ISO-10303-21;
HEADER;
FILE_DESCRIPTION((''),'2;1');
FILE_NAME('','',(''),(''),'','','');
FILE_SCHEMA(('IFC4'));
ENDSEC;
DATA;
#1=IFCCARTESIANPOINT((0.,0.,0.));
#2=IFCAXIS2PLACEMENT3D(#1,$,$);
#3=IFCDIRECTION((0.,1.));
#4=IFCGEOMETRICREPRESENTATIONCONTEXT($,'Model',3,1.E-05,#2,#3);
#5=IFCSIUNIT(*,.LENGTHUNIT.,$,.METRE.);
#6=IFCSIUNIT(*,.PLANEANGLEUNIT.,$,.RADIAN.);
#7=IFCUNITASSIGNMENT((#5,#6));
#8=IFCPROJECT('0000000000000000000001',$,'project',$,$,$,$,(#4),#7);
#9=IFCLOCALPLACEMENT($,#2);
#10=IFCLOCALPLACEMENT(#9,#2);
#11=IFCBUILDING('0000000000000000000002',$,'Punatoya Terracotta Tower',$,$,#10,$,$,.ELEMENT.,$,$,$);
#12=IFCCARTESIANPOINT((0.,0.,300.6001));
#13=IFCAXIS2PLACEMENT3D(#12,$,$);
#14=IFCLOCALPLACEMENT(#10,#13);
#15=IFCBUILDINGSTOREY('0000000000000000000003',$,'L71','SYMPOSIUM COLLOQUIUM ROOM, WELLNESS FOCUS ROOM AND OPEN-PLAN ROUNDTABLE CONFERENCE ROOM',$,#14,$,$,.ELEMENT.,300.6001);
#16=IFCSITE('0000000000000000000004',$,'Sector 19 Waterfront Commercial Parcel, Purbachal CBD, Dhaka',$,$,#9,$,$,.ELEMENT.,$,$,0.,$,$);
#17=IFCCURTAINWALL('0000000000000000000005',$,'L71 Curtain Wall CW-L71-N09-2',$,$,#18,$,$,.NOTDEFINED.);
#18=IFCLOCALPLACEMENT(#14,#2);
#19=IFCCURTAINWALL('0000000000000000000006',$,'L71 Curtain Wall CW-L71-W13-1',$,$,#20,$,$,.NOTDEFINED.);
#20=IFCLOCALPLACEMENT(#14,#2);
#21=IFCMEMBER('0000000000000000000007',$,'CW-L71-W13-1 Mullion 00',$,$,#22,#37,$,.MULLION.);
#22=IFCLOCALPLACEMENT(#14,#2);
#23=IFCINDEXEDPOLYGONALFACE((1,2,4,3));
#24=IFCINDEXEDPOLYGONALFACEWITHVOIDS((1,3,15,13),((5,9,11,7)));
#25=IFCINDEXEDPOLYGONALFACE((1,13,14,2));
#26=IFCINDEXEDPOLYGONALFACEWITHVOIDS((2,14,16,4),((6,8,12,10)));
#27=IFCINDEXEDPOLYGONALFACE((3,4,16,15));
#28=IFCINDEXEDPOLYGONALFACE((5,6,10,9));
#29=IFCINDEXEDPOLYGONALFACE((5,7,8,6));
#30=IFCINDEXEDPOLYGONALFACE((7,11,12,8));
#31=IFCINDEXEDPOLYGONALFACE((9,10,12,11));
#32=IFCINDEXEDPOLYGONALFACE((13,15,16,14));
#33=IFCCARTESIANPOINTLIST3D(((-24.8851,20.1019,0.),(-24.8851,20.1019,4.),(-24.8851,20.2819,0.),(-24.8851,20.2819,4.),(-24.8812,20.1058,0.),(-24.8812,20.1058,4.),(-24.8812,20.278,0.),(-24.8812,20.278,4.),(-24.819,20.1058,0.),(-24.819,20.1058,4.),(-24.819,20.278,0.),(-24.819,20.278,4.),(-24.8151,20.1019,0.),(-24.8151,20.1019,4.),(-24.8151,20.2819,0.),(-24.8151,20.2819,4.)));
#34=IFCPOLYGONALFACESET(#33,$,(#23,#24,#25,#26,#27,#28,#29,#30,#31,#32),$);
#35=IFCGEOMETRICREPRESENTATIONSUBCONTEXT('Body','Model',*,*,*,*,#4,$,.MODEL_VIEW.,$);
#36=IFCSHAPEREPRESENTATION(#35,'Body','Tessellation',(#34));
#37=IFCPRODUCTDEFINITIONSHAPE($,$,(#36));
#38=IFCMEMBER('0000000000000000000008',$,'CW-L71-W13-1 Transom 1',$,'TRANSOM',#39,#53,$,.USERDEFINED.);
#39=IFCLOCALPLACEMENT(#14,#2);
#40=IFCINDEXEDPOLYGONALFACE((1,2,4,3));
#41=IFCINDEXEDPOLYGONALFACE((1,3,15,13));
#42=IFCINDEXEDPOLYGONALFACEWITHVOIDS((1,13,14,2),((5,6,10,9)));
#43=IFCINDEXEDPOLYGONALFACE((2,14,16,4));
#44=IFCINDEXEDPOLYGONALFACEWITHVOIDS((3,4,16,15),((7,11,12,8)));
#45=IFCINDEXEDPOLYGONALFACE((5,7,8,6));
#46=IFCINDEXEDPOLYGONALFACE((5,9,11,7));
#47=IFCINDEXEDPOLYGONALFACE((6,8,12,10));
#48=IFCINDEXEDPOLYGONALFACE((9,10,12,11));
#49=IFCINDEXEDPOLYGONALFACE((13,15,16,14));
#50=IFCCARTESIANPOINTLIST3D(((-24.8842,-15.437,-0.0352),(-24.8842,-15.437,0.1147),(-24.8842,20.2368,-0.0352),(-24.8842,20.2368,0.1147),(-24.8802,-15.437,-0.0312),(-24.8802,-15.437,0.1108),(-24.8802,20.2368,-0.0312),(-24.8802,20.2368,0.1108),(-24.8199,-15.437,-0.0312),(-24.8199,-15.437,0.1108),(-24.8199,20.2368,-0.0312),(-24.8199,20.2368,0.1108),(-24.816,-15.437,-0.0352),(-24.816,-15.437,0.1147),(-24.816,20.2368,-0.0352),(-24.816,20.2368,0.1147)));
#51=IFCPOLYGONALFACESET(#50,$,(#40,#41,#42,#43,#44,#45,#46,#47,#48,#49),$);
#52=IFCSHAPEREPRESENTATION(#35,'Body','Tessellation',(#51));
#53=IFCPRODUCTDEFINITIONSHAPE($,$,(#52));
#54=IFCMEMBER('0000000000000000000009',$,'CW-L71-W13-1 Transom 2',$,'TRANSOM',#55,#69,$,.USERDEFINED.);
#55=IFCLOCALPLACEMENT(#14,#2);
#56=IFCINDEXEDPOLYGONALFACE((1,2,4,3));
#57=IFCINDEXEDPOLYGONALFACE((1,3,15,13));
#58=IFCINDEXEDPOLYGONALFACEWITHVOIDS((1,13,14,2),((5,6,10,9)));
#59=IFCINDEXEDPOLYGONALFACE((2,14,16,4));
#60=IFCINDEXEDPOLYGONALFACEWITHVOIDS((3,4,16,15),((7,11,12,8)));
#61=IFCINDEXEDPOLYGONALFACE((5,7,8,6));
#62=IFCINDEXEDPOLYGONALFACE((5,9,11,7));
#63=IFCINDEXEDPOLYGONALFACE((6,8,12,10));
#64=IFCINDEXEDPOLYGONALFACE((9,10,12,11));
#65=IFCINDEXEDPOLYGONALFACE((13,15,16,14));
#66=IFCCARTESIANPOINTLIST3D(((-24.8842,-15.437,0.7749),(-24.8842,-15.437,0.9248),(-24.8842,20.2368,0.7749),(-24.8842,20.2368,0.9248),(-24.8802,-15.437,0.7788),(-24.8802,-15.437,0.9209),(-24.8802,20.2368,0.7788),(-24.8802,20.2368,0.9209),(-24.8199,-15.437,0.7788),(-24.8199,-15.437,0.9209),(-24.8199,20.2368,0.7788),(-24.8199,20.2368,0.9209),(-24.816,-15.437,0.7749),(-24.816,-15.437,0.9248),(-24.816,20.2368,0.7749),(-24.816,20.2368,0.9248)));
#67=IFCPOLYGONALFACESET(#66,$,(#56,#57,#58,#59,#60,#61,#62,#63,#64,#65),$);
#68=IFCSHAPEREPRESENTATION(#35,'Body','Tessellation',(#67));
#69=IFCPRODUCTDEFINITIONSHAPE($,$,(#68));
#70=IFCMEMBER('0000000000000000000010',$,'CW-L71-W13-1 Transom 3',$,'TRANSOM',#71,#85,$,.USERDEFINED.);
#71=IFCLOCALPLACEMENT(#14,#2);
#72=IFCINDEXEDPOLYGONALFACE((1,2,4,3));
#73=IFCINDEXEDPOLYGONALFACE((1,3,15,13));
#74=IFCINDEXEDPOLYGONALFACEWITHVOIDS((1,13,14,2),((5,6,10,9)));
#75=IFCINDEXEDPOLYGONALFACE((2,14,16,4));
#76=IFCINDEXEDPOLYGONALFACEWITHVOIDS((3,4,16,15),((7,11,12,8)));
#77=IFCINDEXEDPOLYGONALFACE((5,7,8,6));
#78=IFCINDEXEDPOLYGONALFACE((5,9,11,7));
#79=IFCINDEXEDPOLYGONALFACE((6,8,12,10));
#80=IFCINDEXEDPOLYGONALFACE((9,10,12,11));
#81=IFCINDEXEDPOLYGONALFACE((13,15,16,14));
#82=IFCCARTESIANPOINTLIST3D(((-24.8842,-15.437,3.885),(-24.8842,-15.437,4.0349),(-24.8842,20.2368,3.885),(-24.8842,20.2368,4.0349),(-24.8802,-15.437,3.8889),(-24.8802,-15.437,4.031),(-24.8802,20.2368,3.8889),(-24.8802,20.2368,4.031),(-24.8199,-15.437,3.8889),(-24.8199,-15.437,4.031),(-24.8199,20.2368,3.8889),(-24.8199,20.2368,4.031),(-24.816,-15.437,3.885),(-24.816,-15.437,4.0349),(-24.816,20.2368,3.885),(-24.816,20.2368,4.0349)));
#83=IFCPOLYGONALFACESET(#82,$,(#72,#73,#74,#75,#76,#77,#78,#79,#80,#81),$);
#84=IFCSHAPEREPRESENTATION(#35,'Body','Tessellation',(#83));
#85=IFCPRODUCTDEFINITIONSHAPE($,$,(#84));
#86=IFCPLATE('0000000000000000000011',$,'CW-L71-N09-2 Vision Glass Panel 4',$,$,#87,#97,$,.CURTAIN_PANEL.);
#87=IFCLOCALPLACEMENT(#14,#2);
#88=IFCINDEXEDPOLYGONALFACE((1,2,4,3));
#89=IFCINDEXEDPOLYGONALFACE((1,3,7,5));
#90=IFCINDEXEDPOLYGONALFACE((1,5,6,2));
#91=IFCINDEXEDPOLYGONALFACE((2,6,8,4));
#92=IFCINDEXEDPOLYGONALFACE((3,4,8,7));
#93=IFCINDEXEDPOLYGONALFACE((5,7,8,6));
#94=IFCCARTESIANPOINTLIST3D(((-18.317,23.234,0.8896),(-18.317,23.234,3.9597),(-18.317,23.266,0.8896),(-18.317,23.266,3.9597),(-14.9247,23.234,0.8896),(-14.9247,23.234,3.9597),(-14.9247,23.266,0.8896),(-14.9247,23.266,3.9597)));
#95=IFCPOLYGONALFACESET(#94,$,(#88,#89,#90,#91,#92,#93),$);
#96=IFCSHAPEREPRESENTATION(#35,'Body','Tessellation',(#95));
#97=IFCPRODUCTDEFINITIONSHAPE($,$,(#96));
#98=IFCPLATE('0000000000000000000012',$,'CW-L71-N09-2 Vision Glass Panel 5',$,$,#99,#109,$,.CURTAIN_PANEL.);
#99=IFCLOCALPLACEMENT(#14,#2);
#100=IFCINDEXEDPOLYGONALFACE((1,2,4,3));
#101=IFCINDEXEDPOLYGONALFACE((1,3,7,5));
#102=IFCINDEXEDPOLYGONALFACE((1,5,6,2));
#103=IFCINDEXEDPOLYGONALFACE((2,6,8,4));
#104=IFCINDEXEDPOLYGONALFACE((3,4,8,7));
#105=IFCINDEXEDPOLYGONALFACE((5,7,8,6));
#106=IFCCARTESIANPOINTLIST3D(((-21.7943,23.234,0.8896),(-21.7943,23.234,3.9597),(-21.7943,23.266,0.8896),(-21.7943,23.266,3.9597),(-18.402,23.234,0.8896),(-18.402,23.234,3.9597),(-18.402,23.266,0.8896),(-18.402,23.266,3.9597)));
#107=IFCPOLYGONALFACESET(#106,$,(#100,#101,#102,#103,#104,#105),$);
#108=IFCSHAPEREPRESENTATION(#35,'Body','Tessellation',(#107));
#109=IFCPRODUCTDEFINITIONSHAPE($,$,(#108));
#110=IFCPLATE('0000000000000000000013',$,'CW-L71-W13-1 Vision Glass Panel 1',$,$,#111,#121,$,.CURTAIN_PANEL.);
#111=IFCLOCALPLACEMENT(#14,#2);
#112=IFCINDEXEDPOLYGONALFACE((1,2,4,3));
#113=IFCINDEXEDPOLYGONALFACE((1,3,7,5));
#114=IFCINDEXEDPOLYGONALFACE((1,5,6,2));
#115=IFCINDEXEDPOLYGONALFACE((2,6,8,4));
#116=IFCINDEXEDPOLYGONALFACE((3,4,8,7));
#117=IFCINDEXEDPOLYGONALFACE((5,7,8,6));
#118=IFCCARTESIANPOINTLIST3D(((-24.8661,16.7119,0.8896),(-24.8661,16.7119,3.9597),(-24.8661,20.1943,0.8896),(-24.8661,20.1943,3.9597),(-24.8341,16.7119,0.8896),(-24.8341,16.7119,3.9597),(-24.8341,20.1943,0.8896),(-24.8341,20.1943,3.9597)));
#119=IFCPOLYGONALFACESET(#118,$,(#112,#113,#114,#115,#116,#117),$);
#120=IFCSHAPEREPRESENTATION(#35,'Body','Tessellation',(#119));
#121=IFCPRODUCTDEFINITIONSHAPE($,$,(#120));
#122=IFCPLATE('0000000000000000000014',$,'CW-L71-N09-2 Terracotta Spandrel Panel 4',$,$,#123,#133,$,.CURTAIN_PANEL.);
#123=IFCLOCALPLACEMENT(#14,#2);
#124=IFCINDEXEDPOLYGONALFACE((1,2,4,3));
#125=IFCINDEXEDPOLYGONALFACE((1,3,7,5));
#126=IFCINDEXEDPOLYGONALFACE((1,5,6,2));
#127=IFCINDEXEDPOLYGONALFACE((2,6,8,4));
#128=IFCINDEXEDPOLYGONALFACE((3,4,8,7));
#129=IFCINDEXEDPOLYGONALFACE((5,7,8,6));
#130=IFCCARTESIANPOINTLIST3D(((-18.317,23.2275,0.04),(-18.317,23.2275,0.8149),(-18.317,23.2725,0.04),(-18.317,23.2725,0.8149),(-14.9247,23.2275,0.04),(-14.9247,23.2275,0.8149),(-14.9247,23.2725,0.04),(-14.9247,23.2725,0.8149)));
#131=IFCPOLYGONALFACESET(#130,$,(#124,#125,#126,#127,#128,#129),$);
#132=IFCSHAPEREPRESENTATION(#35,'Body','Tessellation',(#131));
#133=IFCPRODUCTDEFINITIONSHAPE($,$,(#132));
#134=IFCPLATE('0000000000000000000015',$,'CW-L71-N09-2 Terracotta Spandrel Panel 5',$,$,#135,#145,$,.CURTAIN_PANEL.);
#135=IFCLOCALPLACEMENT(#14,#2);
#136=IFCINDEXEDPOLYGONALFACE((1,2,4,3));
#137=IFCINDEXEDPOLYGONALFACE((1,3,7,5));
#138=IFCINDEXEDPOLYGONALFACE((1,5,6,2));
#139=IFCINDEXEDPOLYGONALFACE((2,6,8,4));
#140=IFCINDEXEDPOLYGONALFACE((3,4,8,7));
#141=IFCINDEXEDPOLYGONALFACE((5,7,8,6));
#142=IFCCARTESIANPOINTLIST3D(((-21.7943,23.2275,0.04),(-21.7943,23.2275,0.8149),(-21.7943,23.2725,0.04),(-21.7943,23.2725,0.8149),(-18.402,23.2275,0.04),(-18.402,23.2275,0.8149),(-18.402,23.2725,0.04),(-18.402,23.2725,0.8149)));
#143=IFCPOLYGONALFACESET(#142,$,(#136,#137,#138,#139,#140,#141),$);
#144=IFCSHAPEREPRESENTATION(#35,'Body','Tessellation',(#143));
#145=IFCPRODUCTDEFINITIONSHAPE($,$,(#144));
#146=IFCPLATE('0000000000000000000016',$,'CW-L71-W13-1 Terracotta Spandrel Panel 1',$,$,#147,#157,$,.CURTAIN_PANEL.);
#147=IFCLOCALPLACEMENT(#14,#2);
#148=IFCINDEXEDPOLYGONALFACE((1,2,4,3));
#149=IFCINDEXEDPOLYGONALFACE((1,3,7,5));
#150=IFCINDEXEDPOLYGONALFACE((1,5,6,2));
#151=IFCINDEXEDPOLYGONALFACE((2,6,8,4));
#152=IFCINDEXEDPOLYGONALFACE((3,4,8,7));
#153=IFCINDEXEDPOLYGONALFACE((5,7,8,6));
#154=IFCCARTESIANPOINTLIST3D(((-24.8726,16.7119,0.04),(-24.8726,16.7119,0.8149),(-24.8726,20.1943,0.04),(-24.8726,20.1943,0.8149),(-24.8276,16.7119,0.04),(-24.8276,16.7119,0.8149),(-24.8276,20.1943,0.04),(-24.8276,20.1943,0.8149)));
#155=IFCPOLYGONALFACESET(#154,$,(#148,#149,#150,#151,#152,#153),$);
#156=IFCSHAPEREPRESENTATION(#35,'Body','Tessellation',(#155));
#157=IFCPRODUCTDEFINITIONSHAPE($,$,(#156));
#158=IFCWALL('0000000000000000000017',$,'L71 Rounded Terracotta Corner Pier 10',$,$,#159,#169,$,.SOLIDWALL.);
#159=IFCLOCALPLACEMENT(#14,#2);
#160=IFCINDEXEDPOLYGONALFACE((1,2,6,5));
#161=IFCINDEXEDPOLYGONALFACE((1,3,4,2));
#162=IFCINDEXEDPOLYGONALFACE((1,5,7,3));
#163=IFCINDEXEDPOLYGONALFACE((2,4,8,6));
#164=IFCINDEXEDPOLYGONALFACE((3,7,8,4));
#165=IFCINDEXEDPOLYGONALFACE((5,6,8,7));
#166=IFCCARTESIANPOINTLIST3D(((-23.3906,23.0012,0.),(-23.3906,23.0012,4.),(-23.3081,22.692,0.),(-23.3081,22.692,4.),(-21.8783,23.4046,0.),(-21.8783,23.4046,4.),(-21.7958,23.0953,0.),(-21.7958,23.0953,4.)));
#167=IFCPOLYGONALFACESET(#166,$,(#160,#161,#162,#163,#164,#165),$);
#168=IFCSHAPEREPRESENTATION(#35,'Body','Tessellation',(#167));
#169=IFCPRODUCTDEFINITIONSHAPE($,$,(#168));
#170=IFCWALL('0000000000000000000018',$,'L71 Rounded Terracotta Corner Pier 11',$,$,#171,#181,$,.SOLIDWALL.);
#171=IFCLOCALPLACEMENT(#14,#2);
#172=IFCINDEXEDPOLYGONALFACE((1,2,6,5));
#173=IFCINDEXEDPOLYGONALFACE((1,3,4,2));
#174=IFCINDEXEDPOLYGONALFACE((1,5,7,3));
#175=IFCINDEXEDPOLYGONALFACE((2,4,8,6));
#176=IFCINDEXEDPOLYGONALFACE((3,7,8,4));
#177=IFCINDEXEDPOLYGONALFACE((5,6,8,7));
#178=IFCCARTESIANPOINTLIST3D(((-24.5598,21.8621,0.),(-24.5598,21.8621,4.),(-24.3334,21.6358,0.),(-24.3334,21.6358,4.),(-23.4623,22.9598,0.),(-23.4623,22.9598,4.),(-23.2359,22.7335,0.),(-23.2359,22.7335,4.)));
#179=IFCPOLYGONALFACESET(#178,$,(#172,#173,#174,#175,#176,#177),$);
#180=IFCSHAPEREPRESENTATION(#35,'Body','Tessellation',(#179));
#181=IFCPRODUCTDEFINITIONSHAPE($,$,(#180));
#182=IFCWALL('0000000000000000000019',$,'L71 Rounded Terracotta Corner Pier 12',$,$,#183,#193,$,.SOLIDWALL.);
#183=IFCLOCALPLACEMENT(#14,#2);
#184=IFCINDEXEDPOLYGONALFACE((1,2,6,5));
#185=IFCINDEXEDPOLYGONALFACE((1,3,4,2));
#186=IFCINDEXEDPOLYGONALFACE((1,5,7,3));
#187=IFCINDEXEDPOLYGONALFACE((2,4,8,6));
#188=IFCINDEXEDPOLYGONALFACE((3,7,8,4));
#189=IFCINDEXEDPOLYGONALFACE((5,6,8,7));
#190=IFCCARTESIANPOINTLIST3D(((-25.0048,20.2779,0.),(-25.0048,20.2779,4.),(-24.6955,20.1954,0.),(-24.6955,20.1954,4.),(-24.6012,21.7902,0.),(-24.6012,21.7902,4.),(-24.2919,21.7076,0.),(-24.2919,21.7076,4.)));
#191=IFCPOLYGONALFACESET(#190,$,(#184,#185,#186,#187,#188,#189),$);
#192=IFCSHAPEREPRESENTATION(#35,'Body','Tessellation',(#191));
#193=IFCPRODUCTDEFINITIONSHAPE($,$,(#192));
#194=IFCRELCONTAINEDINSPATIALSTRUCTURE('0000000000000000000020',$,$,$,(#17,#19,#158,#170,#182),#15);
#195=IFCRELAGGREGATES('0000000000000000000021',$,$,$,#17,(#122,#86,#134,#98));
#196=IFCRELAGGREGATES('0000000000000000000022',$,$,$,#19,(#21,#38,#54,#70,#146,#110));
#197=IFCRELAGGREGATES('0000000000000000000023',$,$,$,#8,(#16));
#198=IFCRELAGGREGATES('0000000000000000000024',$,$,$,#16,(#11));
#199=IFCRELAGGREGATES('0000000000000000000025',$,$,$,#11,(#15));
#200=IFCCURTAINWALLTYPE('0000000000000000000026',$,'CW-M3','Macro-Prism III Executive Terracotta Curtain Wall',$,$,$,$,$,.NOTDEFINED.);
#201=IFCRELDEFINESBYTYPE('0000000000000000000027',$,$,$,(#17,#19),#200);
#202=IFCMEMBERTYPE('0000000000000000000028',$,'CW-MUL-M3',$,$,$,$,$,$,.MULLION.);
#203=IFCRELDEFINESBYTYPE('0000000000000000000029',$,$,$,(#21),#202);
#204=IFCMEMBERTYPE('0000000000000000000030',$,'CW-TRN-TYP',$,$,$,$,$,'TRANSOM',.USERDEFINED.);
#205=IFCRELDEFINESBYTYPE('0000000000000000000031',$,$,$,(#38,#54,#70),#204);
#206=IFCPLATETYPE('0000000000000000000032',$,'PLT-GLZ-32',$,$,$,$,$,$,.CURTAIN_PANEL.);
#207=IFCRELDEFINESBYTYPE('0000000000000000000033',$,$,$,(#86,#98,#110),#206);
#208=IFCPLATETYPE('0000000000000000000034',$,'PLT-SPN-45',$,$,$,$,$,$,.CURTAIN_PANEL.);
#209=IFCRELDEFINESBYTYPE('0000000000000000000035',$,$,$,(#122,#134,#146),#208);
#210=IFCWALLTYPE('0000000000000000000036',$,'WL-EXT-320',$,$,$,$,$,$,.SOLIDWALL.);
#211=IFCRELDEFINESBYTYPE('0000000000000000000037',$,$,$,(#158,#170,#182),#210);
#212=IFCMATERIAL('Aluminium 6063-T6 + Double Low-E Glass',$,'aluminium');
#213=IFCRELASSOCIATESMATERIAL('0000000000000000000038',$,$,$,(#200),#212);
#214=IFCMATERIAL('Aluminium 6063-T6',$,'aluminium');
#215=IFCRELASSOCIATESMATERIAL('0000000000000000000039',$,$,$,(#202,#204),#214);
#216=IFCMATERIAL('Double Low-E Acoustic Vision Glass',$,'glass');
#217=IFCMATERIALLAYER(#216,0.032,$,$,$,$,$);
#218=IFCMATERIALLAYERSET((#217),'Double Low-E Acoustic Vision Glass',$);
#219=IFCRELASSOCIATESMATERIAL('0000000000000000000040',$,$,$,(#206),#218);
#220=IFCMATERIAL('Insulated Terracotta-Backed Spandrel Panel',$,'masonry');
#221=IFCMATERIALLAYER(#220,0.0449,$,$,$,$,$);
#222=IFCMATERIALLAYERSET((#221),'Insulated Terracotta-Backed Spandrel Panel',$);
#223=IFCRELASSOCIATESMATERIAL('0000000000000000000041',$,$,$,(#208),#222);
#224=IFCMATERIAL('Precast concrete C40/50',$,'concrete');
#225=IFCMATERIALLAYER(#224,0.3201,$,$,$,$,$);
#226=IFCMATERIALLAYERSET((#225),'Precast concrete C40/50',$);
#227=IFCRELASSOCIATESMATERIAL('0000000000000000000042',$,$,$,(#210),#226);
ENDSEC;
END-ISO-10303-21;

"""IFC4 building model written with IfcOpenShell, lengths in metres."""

from ifc_helpers import new_model, si_unit, direction, frame, frame_2d, origin, origin_2d, place, context, subcontext, project, spatial, rectangle, hollow_rectangle, extrude, material, layer, layer_set, material_profile, profile_set, type_object, element, aggregate, save


model = new_model("IFC4")

# Units and contexts
model_context = context("Model", 3, precision=1e-05, world=origin(), true_north=direction((0.0, 1.0)))
body_context = subcontext(model_context, "Body", "Model", "MODEL_VIEW")
ifc_project = project(units=[si_unit("LENGTHUNIT", "METRE"), si_unit("PLANEANGLEUNIT", "RADIAN")], contexts=[model_context])

# Site, building, storey
site_placement = place(None, origin())
site = spatial("IfcSite", under=ifc_project, at=site_placement, Name="Sector 19 Waterfront Commercial Parcel, Purbachal CBD, Dhaka", CompositionType="ELEMENT", RefElevation=0.0)
building_placement = place(site_placement, origin())
building = spatial("IfcBuilding", under=site, at=building_placement, Name="Punatoya Terracotta Tower", CompositionType="ELEMENT")
storey_placement = place(building_placement, frame((0.0, 0.0, 300.6001)))
storey = spatial("IfcBuildingStorey", under=building, at=storey_placement, Name="L71", Description="SYMPOSIUM COLLOQUIUM ROOM, WELLNESS FOCUS ROOM AND OPEN-PLAN ROUNDTABLE CONFERENCE ROOM", CompositionType="ELEMENT", Elevation=300.6001)

# Curtain walls, members
ifc_material_1 = material(Name="Aluminium 6063-T6 + Double Low-E Glass", Category="aluminium")
curtain_wall_type = type_object("IfcCurtainWallType", Name="CW-M3", Description="Macro-Prism III Executive Terracotta Curtain Wall", PredefinedType="NOTDEFINED", material=ifc_material_1)
curtain_wall_1_placement = place(storey_placement, origin())
curtain_wall_1 = element("IfcCurtainWall", 1, at=curtain_wall_1_placement, inside=storey, type_object=curtain_wall_type, Name="L71 Curtain Wall CW-L71-N09-2", PredefinedType="NOTDEFINED")
ifc_material_2 = material(Name="Aluminium 6063-T6", Category="aluminium")
ifc_material_profile_1 = material_profile(ifc_material_2, hollow_rectangle(XDim=0.0701, YDim=0.1799, WallThickness=0.0039, at=origin_2d()))
ifc_profile_set_1 = profile_set([ifc_material_profile_1], Name="Aluminium 6063-T6")
member_type_1 = type_object("IfcMemberType", Name="CW-MUL-M3", PredefinedType="MULLION", material=ifc_profile_set_1)
curtain_wall_2_placement = place(storey_placement, origin())
curtain_wall_2 = element("IfcCurtainWall", 2, at=curtain_wall_2_placement, inside=storey, type_object=curtain_wall_type, Name="L71 Curtain Wall CW-L71-W13-1", PredefinedType="NOTDEFINED")
member_1_placement = place(storey_placement, frame((-24.8501, 20.1919, 0.0), z_axis=(0.0, 0.0, 1.0), x_axis=(1.0, 0.0, 0.0)))
member_1 = element("IfcMember", 3, at=member_1_placement, type_object=member_type_1, Name="CW-L71-W13-1 Mullion 00", PredefinedType="MULLION", context=body_context, shape_type="SweptSolid", body=[
    extrude(hollow_rectangle(XDim=0.0701, YDim=0.1799, WallThickness=0.0039, at=origin_2d()), origin(), (0.0, 0.0, 1.0), 4.0),
])
ifc_material_profile_2 = material_profile(ifc_material_2, hollow_rectangle(XDim=0.0681, YDim=0.1499, WallThickness=0.0039, at=origin_2d()))
ifc_profile_set_2 = profile_set([ifc_material_profile_2], Name="Aluminium 6063-T6")
member_type_2 = type_object("IfcMemberType", Name="CW-TRN-TYP", ElementType="TRANSOM", PredefinedType="USERDEFINED", material=ifc_profile_set_2)
member_2_placement = place(storey_placement, frame((-24.8501, 20.2368, 0.0398), z_axis=(0.0, -1.0, 0.0), x_axis=(1.0, 0.0, 0.0)))
member_2 = element("IfcMember", 4, at=member_2_placement, type_object=member_type_2, Name="CW-L71-W13-1 Transom 1", ObjectType="TRANSOM", PredefinedType="USERDEFINED", context=body_context, shape_type="SweptSolid", body=[
    extrude(hollow_rectangle(XDim=0.0681, YDim=0.1499, WallThickness=0.0039, at=origin_2d()), origin(), (0.0, 0.0, 1.0), 35.6738),
])
member_3_placement = place(storey_placement, frame((-24.8501, 20.2368, 0.8499), z_axis=(0.0, -1.0, 0.0), x_axis=(1.0, 0.0, 0.0)))
member_3 = element("IfcMember", 5, at=member_3_placement, type_object=member_type_2, Name="CW-L71-W13-1 Transom 2", ObjectType="TRANSOM", PredefinedType="USERDEFINED", context=body_context, shape_type="SweptSolid", body=[
    extrude(hollow_rectangle(XDim=0.0681, YDim=0.1499, WallThickness=0.0039, at=origin_2d()), origin(), (0.0, 0.0, 1.0), 35.6738),
])
member_4_placement = place(storey_placement, frame((-24.8501, 20.2368, 3.96), z_axis=(0.0, -1.0, 0.0), x_axis=(1.0, 0.0, 0.0)))
member_4 = element("IfcMember", 6, at=member_4_placement, type_object=member_type_2, Name="CW-L71-W13-1 Transom 3", ObjectType="TRANSOM", PredefinedType="USERDEFINED", context=body_context, shape_type="SweptSolid", body=[
    extrude(hollow_rectangle(XDim=0.0681, YDim=0.1499, WallThickness=0.0039, at=origin_2d()), origin(), (0.0, 0.0, 1.0), 35.6738),
])

# Plates
ifc_material_3 = material(Name="Double Low-E Acoustic Vision Glass", Category="glass")
ifc_layer_1 = layer(ifc_material_3, 0.032)
ifc_layer_set_1 = layer_set([ifc_layer_1], Name="Double Low-E Acoustic Vision Glass")
plate_type_1 = type_object("IfcPlateType", Name="PLT-GLZ-32", PredefinedType="CURTAIN_PANEL", material=ifc_layer_set_1)
plate_1_placement = place(storey_placement, frame((-16.6208, 23.25, 0.8896), z_axis=(0.0, 0.0, 1.0), x_axis=(-1.0, 0.0, 0.0)))
plate_1 = element("IfcPlate", 7, at=plate_1_placement, type_object=plate_type_1, Name="CW-L71-N09-2 Vision Glass Panel 4", PredefinedType="CURTAIN_PANEL", context=body_context, shape_type="SweptSolid", body=[
    extrude(rectangle(XDim=3.3923, YDim=0.032, at=origin_2d()), origin(), (0.0, 0.0, 1.0), 3.0701),
])
plate_2_placement = place(storey_placement, frame((-20.0981, 23.25, 0.8896), z_axis=(0.0, 0.0, 1.0), x_axis=(-1.0, 0.0, 0.0)))
plate_2 = element("IfcPlate", 8, at=plate_2_placement, type_object=plate_type_1, Name="CW-L71-N09-2 Vision Glass Panel 5", PredefinedType="CURTAIN_PANEL", context=body_context, shape_type="SweptSolid", body=[
    extrude(rectangle(XDim=3.3923, YDim=0.032, at=origin_2d()), origin(), (0.0, 0.0, 1.0), 3.0701),
])
plate_3_placement = place(storey_placement, frame((-24.8501, 18.4531, 0.8896), z_axis=(0.0, 0.0, 1.0), x_axis=(0.0, -1.0, 0.0)))
plate_3 = element("IfcPlate", 9, at=plate_3_placement, type_object=plate_type_1, Name="CW-L71-W13-1 Vision Glass Panel 1", PredefinedType="CURTAIN_PANEL", context=body_context, shape_type="SweptSolid", body=[
    extrude(rectangle(XDim=3.4824, YDim=0.032, at=origin_2d()), origin(), (0.0, 0.0, 1.0), 3.0701),
])
ifc_material_4 = material(Name="Insulated Terracotta-Backed Spandrel Panel", Category="masonry")
ifc_layer_2 = layer(ifc_material_4, 0.0449)
ifc_layer_set_2 = layer_set([ifc_layer_2], Name="Insulated Terracotta-Backed Spandrel Panel")
plate_type_2 = type_object("IfcPlateType", Name="PLT-SPN-45", PredefinedType="CURTAIN_PANEL", material=ifc_layer_set_2)
plate_4_placement = place(storey_placement, frame((-16.6208, 23.25, 0.04), z_axis=(0.0, 0.0, 1.0), x_axis=(-1.0, 0.0, 0.0)))
plate_4 = element("IfcPlate", 10, at=plate_4_placement, type_object=plate_type_2, Name="CW-L71-N09-2 Terracotta Spandrel Panel 4", PredefinedType="CURTAIN_PANEL", context=body_context, shape_type="SweptSolid", body=[
    extrude(rectangle(XDim=3.3923, YDim=0.0449, at=origin_2d()), origin(), (0.0, 0.0, 1.0), 0.7749),
])
plate_5_placement = place(storey_placement, frame((-20.0981, 23.25, 0.04), z_axis=(0.0, 0.0, 1.0), x_axis=(-1.0, 0.0, 0.0)))
plate_5 = element("IfcPlate", 11, at=plate_5_placement, type_object=plate_type_2, Name="CW-L71-N09-2 Terracotta Spandrel Panel 5", PredefinedType="CURTAIN_PANEL", context=body_context, shape_type="SweptSolid", body=[
    extrude(rectangle(XDim=3.3923, YDim=0.0449, at=origin_2d()), origin(), (0.0, 0.0, 1.0), 0.7749),
])
aggregate(curtain_wall_1, [plate_4, plate_1, plate_5, plate_2])
plate_6_placement = place(storey_placement, frame((-24.8501, 18.4531, 0.04), z_axis=(0.0, 0.0, 1.0), x_axis=(0.0, -1.0, 0.0)))
plate_6 = element("IfcPlate", 12, at=plate_6_placement, type_object=plate_type_2, Name="CW-L71-W13-1 Terracotta Spandrel Panel 1", PredefinedType="CURTAIN_PANEL", context=body_context, shape_type="SweptSolid", body=[
    extrude(rectangle(XDim=3.4824, YDim=0.0449, at=origin_2d()), origin(), (0.0, 0.0, 1.0), 0.7749),
])
aggregate(curtain_wall_2, [member_1, member_2, member_3, member_4, plate_6, plate_3])

# Walls
ifc_material_5 = material(Name="Precast concrete C40/50", Category="concrete")
ifc_layer_3 = layer(ifc_material_5, 0.3201)
ifc_layer_set_3 = layer_set([ifc_layer_3], Name="Precast concrete C40/50")
wall_type = type_object("IfcWallType", Name="WL-EXT-320", PredefinedType="SOLIDWALL", material=ifc_layer_set_3)
wall_1_placement = place(storey_placement, frame((-21.8369, 23.25, 0.0), z_axis=(0.0, 0.0, 1.0), x_axis=(-0.966225, -0.257701, 0.0)))
element("IfcWall", 13, at=wall_1_placement, inside=storey, type_object=wall_type, Name="L71 Rounded Terracotta Corner Pier 10", PredefinedType="SOLIDWALL", context=body_context, shape_type="SweptSolid", body=[
    extrude(rectangle(XDim=1.5652, YDim=0.3201, at=frame_2d((0.7827, 0.0))), origin(), (0.0, 0.0, 1.0), 4.0),
])
wall_2_placement = place(storey_placement, frame((-23.3491, 22.8467, 0.0), z_axis=(0.0, 0.0, 1.0), x_axis=(-0.707028, -0.707185, 0.0)))
element("IfcWall", 14, at=wall_2_placement, inside=storey, type_object=wall_type, Name="L71 Rounded Terracotta Corner Pier 11", PredefinedType="SOLIDWALL", context=body_context, shape_type="SweptSolid", body=[
    extrude(rectangle(XDim=1.5522, YDim=0.3201, at=frame_2d((0.7761, 0.0))), origin(), (0.0, 0.0, 1.0), 4.0),
])
wall_3_placement = place(storey_placement, frame((-24.4465, 21.749, 0.0), z_axis=(0.0, 0.0, 1.0), x_axis=(-0.257847, -0.966186, 0.0)))
element("IfcWall", 15, at=wall_3_placement, inside=storey, type_object=wall_type, Name="L71 Rounded Terracotta Corner Pier 12", PredefinedType="SOLIDWALL", context=body_context, shape_type="SweptSolid", body=[
    extrude(rectangle(XDim=1.5652, YDim=0.3201, at=frame_2d((0.7827, 0.0))), origin(), (0.0, 0.0, 1.0), 4.0),
])

save(model, "model.ifc")
